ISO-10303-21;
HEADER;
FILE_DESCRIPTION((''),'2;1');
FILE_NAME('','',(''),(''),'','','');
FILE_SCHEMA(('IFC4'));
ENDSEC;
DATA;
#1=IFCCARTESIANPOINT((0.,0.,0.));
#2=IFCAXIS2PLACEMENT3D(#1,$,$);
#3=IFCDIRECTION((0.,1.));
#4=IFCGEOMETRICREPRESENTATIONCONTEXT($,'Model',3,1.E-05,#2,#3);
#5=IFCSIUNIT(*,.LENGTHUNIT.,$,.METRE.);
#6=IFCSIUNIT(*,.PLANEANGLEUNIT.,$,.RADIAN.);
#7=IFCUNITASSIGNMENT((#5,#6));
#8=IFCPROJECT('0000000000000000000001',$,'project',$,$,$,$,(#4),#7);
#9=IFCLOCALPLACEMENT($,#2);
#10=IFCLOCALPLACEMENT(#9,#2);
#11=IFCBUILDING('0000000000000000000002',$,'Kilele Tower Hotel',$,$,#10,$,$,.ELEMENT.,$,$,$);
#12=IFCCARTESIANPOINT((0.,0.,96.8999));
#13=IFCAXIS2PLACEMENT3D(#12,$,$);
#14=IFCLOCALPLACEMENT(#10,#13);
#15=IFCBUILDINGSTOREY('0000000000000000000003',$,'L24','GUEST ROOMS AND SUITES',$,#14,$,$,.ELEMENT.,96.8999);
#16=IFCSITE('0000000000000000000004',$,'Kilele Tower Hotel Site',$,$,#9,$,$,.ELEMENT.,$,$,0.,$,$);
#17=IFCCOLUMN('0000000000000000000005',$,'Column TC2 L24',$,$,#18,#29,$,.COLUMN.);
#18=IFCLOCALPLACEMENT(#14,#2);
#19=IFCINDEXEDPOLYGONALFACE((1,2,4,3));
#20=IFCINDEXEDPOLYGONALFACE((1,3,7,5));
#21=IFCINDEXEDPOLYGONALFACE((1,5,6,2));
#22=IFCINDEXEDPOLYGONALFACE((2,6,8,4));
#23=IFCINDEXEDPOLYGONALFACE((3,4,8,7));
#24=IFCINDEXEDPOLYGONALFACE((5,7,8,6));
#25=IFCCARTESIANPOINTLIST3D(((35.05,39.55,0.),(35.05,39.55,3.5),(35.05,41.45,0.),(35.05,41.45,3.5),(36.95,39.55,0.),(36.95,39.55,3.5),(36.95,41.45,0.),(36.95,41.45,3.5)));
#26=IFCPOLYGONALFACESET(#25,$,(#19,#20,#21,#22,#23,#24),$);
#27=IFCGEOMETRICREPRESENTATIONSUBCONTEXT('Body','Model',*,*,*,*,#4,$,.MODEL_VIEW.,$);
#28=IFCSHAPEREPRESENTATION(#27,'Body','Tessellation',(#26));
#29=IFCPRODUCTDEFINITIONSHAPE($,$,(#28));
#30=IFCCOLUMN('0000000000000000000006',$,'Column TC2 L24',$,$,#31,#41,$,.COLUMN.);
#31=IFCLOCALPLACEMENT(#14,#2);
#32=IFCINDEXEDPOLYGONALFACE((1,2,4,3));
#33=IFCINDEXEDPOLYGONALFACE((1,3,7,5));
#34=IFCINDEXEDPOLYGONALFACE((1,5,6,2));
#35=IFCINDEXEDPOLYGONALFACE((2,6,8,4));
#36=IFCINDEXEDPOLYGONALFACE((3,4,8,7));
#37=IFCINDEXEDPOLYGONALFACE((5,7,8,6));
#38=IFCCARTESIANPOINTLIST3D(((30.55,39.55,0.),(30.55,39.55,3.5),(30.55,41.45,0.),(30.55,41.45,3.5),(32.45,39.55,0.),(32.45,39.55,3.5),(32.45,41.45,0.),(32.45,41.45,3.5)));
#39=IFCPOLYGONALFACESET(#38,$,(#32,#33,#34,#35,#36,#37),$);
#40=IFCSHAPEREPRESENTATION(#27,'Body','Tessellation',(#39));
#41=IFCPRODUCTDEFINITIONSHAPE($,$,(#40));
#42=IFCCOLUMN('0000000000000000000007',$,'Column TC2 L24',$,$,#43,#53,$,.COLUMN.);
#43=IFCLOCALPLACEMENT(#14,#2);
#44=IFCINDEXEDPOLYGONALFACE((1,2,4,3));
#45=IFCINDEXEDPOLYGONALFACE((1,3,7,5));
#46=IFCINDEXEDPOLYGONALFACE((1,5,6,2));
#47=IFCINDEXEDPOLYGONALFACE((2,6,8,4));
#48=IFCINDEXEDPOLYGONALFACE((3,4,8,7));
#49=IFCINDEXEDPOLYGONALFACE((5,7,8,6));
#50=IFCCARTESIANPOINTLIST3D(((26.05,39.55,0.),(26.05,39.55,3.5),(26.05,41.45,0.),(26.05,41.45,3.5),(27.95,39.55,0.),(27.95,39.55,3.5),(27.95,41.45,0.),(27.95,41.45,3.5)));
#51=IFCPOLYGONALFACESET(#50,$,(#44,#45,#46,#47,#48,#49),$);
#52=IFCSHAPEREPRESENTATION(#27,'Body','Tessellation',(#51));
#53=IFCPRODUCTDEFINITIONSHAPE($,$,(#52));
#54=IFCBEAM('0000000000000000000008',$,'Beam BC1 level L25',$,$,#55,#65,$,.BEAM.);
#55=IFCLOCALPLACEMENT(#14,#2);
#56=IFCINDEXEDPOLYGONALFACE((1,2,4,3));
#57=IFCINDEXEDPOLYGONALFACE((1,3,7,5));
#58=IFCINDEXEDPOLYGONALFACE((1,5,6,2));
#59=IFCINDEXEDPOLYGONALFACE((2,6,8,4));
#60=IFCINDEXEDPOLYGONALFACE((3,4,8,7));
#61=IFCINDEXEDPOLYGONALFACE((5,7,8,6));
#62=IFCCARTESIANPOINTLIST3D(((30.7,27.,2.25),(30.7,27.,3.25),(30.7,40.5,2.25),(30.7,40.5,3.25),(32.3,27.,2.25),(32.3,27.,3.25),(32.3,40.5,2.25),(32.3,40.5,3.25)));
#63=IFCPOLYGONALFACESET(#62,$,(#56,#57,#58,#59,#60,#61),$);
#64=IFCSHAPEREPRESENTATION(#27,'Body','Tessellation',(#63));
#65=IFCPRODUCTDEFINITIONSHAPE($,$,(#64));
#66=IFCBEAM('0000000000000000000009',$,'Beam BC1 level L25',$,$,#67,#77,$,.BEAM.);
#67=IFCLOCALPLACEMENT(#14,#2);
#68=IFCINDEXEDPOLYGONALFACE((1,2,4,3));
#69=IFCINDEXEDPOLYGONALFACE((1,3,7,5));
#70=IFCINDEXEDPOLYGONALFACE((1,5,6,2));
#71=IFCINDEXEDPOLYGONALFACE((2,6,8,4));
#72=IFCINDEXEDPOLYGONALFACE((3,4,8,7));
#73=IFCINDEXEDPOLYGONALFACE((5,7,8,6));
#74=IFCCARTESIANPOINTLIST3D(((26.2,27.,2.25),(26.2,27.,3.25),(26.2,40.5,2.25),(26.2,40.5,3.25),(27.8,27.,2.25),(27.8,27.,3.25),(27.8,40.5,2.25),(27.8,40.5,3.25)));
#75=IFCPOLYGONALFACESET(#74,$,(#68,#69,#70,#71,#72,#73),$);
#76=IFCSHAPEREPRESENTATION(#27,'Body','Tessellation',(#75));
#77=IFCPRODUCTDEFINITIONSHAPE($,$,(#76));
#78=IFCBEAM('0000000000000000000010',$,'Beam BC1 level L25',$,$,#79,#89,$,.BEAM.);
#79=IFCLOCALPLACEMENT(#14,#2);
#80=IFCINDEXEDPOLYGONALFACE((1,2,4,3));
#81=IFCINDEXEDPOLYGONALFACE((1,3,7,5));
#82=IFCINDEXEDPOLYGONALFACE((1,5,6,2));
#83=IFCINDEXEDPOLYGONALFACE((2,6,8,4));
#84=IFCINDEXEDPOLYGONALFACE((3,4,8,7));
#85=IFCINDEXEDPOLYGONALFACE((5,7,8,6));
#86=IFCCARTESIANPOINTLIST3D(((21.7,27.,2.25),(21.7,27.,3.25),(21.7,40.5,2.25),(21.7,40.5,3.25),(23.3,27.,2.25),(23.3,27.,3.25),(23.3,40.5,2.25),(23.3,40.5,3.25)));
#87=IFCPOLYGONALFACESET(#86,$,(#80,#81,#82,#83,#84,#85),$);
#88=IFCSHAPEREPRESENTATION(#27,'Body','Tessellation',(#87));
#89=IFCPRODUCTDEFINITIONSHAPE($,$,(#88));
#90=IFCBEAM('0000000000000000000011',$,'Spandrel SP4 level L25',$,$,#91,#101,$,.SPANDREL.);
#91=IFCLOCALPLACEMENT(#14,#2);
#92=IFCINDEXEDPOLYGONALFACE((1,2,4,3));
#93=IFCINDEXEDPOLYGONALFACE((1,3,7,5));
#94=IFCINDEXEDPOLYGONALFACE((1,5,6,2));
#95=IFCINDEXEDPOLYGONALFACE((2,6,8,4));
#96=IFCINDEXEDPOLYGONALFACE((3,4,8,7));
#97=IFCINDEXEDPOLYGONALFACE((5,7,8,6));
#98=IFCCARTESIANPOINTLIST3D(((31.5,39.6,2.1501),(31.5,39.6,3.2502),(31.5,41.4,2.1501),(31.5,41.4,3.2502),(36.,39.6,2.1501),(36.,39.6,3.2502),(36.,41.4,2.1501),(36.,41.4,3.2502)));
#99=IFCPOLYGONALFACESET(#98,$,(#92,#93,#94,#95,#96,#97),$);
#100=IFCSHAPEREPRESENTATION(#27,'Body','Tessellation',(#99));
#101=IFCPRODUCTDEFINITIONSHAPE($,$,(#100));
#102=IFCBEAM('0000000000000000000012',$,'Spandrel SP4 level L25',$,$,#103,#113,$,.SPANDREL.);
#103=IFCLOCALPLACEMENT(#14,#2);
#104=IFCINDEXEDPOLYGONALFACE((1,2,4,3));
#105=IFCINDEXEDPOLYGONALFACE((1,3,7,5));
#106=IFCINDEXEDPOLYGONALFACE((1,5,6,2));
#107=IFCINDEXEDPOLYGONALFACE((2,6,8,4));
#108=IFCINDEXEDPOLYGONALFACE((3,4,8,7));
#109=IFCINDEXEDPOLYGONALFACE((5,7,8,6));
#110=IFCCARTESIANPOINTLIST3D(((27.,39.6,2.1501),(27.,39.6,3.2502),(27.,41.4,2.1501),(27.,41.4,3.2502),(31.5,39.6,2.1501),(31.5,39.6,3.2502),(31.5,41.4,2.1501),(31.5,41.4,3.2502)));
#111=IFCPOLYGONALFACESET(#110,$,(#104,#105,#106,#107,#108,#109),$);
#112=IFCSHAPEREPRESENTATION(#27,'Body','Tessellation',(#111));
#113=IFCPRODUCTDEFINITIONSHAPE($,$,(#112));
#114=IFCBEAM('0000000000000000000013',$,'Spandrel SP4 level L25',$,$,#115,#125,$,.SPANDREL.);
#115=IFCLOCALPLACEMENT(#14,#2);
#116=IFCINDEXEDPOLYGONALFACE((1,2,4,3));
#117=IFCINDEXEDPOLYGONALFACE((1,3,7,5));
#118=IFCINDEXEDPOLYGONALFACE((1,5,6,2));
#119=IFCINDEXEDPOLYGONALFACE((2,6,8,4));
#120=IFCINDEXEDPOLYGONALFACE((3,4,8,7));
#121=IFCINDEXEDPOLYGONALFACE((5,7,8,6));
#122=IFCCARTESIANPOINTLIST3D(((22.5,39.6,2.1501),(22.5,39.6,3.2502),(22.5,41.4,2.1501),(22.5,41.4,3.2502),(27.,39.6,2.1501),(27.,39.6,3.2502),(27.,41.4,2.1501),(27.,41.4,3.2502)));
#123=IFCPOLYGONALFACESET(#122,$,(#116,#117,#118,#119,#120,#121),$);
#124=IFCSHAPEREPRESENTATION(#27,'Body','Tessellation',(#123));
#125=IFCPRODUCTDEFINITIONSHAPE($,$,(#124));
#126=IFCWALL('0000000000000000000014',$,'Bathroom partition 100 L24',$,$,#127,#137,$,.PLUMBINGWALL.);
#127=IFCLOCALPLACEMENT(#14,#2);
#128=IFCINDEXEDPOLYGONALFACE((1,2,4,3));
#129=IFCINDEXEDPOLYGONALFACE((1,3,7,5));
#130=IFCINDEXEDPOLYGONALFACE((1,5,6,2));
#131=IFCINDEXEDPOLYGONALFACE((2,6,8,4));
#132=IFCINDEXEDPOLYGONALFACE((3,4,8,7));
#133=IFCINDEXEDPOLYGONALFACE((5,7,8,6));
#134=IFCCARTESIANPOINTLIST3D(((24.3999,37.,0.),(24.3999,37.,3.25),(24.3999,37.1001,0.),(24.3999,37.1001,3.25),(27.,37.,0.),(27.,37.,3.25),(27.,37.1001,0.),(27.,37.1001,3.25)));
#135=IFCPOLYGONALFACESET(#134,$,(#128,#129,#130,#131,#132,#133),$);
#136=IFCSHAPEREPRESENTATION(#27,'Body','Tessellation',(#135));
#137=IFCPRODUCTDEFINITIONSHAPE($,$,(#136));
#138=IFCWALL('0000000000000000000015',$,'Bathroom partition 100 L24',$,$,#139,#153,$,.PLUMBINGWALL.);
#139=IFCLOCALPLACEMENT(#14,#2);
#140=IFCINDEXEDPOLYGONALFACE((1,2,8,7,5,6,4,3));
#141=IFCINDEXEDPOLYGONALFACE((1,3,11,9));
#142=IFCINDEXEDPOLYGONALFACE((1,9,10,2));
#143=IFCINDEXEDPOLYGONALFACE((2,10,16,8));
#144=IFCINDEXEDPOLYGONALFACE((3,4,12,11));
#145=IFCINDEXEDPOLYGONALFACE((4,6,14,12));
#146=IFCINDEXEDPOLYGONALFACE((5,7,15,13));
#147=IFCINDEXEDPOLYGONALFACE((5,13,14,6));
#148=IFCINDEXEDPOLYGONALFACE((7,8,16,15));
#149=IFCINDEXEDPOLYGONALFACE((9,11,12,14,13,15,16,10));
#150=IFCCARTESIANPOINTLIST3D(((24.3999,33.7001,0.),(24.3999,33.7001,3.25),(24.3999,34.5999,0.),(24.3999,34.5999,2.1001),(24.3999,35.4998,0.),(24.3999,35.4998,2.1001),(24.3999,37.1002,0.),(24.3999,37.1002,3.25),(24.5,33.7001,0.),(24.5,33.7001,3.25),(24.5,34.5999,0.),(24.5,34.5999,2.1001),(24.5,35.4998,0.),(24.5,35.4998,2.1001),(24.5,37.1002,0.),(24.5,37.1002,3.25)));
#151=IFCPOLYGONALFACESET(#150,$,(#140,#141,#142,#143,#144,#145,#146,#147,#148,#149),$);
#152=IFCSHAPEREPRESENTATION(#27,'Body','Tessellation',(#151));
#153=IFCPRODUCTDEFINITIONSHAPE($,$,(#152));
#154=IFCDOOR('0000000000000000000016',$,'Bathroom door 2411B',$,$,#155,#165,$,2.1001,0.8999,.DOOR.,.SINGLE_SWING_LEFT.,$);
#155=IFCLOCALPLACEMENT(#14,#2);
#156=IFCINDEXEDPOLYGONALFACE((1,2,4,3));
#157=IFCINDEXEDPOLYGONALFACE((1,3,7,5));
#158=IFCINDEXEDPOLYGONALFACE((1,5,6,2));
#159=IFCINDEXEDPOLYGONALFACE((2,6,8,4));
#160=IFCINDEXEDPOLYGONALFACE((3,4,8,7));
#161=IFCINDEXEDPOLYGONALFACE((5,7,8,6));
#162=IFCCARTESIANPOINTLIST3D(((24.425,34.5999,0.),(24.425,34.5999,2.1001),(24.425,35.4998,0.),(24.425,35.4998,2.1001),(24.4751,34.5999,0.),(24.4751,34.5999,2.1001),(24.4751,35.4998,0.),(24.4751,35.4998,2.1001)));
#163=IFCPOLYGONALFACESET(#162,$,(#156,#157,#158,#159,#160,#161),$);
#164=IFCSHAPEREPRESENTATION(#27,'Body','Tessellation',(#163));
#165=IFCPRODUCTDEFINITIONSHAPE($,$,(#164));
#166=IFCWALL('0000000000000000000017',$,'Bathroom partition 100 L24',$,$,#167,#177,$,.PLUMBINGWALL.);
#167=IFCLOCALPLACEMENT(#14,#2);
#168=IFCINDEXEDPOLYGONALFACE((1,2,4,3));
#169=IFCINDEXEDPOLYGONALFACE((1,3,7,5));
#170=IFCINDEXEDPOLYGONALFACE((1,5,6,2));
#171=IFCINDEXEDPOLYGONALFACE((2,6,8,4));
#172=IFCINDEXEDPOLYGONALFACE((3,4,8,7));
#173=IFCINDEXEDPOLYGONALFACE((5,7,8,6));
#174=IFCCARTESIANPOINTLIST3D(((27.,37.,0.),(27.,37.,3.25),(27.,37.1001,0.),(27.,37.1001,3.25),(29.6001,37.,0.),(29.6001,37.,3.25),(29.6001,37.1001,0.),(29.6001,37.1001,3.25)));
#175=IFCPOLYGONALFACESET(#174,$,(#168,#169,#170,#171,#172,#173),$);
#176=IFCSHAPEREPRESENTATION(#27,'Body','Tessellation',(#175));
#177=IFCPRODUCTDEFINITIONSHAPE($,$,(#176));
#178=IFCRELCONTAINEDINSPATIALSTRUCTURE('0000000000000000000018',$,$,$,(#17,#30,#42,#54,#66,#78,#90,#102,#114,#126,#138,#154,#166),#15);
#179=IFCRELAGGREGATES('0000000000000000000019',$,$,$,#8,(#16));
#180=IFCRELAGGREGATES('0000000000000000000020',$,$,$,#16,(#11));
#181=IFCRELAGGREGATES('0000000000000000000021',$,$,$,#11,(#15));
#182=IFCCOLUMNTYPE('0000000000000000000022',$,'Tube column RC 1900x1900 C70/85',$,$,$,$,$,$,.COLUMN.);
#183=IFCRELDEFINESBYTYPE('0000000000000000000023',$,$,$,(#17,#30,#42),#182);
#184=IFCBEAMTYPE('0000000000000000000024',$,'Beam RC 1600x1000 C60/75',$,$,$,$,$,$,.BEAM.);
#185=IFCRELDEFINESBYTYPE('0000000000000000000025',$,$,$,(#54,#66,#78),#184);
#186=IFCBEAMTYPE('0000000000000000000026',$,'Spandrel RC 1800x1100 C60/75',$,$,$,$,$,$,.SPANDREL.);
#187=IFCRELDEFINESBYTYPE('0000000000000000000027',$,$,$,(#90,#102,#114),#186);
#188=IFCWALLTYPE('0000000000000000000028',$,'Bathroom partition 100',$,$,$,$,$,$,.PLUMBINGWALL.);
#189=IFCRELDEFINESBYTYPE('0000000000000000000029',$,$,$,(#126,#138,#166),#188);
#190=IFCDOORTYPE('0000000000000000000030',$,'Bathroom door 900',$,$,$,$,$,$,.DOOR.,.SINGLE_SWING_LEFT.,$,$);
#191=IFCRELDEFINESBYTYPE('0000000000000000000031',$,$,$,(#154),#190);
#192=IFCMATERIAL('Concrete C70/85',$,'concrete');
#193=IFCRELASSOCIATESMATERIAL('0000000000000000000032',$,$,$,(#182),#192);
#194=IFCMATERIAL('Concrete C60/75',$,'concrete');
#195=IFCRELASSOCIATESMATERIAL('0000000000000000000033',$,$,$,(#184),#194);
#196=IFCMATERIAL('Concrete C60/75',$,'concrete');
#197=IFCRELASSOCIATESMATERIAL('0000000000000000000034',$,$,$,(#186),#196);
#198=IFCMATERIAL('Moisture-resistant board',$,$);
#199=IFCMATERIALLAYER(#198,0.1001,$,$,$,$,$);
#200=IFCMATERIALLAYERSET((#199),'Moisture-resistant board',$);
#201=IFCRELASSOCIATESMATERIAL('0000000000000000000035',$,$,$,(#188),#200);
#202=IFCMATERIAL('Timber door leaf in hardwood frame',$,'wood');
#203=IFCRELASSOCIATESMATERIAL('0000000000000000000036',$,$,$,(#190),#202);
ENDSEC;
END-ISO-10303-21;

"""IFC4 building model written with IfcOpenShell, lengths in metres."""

from ifc_helpers import new_model, si_unit, direction, frame, frame_2d, origin, origin_2d, place, context, subcontext, project, spatial, rectangle, extrude, material, layer, layer_set, material_profile, profile_set, type_object, element, fill, save


model = new_model("IFC4")

# Units and contexts
model_context = context("Model", 3, precision=1e-05, world=origin(), true_north=direction((0.0, 1.0)))
body_context = subcontext(model_context, "Body", "Model", "MODEL_VIEW")
ifc_project = project(units=[si_unit("LENGTHUNIT", "METRE"), si_unit("PLANEANGLEUNIT", "RADIAN")], contexts=[model_context])

# Site, building, storey
site_placement = place(None, origin())
site = spatial("IfcSite", under=ifc_project, at=site_placement, Name="Kilele Tower Hotel Site", CompositionType="ELEMENT", RefElevation=0.0)
building_placement = place(site_placement, origin())
building = spatial("IfcBuilding", under=site, at=building_placement, Name="Kilele Tower Hotel", CompositionType="ELEMENT")
storey_placement = place(building_placement, frame((0.0, 0.0, 96.8999)))
storey = spatial("IfcBuildingStorey", under=building, at=storey_placement, Name="L24", Description="GUEST ROOMS AND SUITES", CompositionType="ELEMENT", Elevation=96.8999)

# Columns
ifc_material_1 = material(Name="Concrete C70/85", Category="concrete")
ifc_material_profile_1 = material_profile(ifc_material_1, rectangle(XDim=1.8999, YDim=1.8999, at=origin_2d()))
ifc_profile_set_1 = profile_set([ifc_material_profile_1], Name="Concrete C70/85")
column_type = type_object("IfcColumnType", Name="Tube column RC 1900x1900 C70/85", PredefinedType="COLUMN", material=ifc_profile_set_1)
for number, where, z_axis, x_axis, name in (
    (1, (36.0, 40.5, 0.0), (0.0, 0.0, 1.0), (1.0, 0.0, 0.0), "Column TC2 L24"),
    (2, (31.5, 40.5, 0.0), (0.0, 0.0, 1.0), (1.0, 0.0, 0.0), "Column TC2 L24"),
    (3, (27.0, 40.5, 0.0), (0.0, 0.0, 1.0), (1.0, 0.0, 0.0), "Column TC2 L24"),
):
    element("IfcColumn", number, at=place(storey_placement, frame(where, z_axis=z_axis, x_axis=x_axis)), inside=storey, type_object=column_type, Name=name, PredefinedType="COLUMN", context=body_context, shape_type="SweptSolid", body=[
        extrude(rectangle(XDim=1.8999, YDim=1.8999, at=origin_2d()), origin(), (0.0, 0.0, 1.0), 3.5),
    ])

# Beams
ifc_material_2 = material(Name="Concrete C60/75", Category="concrete")
ifc_material_profile_2 = material_profile(ifc_material_2, rectangle(XDim=1.6001, YDim=1.0, at=origin_2d()))
ifc_profile_set_2 = profile_set([ifc_material_profile_2], Name="Concrete C60/75")
beam_type_1 = type_object("IfcBeamType", Name="Beam RC 1600x1000 C60/75", PredefinedType="BEAM", material=ifc_profile_set_2)
for number, where, z_axis, x_axis, name in (
    (4, (31.5, 40.5, 2.75), (0.0, -1.0, 0.0), (1.0, 0.0, 0.0), "Beam BC1 level L25"),
    (5, (27.0, 40.5, 2.75), (0.0, -1.0, 0.0), (1.0, 0.0, 0.0), "Beam BC1 level L25"),
    (6, (22.5, 40.5, 2.75), (0.0, -1.0, 0.0), (1.0, 0.0, 0.0), "Beam BC1 level L25"),
):
    element("IfcBeam", number, at=place(storey_placement, frame(where, z_axis=z_axis, x_axis=x_axis)), inside=storey, type_object=beam_type_1, Name=name, PredefinedType="BEAM", context=body_context, shape_type="SweptSolid", body=[
        extrude(rectangle(XDim=1.6001, YDim=1.0, at=origin_2d()), origin(), (0.0, 0.0, 1.0), 13.5),
    ])
ifc_material_3 = material(Name="Concrete C60/75", Category="concrete")
ifc_material_profile_3 = material_profile(ifc_material_3, rectangle(XDim=1.8, YDim=1.1001, at=origin_2d()))
ifc_profile_set_3 = profile_set([ifc_material_profile_3], Name="Concrete C60/75")
beam_type_2 = type_object("IfcBeamType", Name="Spandrel RC 1800x1100 C60/75", PredefinedType="SPANDREL", material=ifc_profile_set_3)
for number, where, z_axis, x_axis, name in (
    (7, (36.0, 40.5, 2.7002), (-1.0, 0.0, 0.0), (0.0, -1.0, 0.0), "Spandrel SP4 level L25"),
    (8, (31.5, 40.5, 2.7002), (-1.0, 0.0, 0.0), (0.0, -1.0, 0.0), "Spandrel SP4 level L25"),
    (9, (27.0, 40.5, 2.7002), (-1.0, 0.0, 0.0), (0.0, -1.0, 0.0), "Spandrel SP4 level L25"),
):
    element("IfcBeam", number, at=place(storey_placement, frame(where, z_axis=z_axis, x_axis=x_axis)), inside=storey, type_object=beam_type_2, Name=name, PredefinedType="SPANDREL", context=body_context, shape_type="SweptSolid", body=[
        extrude(rectangle(XDim=1.8, YDim=1.1001, at=origin_2d()), origin(), (0.0, 0.0, 1.0), 4.5),
    ])

# Wall
ifc_material_4 = material(Name="Moisture-resistant board")
ifc_layer_1 = layer(ifc_material_4, 0.1001)
ifc_layer_set_1 = layer_set([ifc_layer_1], Name="Moisture-resistant board")
wall_type_1 = type_object("IfcWallType", Name="Bathroom partition 100", PredefinedType="PLUMBINGWALL", material=ifc_layer_set_1)
wall_1_placement = place(storey_placement, frame((24.3999, 37.05, 0.0), z_axis=(0.0, 0.0, 1.0), x_axis=(1.0, 0.0, 0.0)))
element("IfcWall", 10, at=wall_1_placement, inside=storey, type_object=wall_type_1, Name="Bathroom partition 100 L24", PredefinedType="PLUMBINGWALL", context=body_context, shape_type="SweptSolid", body=[
    extrude(rectangle(XDim=2.6001, YDim=0.1001, at=frame_2d((1.3, 0.0))), origin(), (0.0, 0.0, 1.0), 3.25),
])

# Wall, opening, door
wall_2_placement = place(storey_placement, frame((24.45, 33.7, 0.0), z_axis=(0.0, 0.0, 1.0), x_axis=(0.0, 1.0, 0.0)))
wall_2 = element("IfcWall", 11, at=wall_2_placement, inside=storey, type_object=wall_type_1, Name="Bathroom partition 100 L24", PredefinedType="PLUMBINGWALL", context=body_context, shape_type="SweptSolid", body=[
    extrude(rectangle(XDim=3.4001, YDim=0.1001, at=frame_2d((1.7002, 0.0))), origin(), (0.0, 0.0, 1.0), 3.25),
])
opening_1_placement = place(wall_2_placement, frame((0.8999, 0.0, 0.0)))
opening_1 = element("IfcOpeningElement", 12, at=opening_1_placement, cuts=wall_2, PredefinedType="OPENING", context=body_context, shape_type="SweptSolid", body=[
    extrude(rectangle(XDim=0.8999, YDim=2.1001, at=frame_2d((0.45, 1.05))), frame((0.0, 0.0601, 0.0), z_axis=(0.0, -1.0, 0.0), x_axis=(1.0, 0.0, 0.0)), (0.0, 0.0, 1.0), 0.1201),
])
ifc_material_5 = material(Name="Timber door leaf in hardwood frame", Category="wood")
door_type_1 = type_object("IfcDoorType", Name="Bathroom door 900", OperationType="SINGLE_SWING_LEFT", PredefinedType="DOOR", material=ifc_material_5)
door_1_placement = place(opening_1_placement, origin())
door_1 = element("IfcDoor", 13, at=door_1_placement, inside=storey, type_object=door_type_1, Name="Bathroom door 2411B", OperationType="SINGLE_SWING_LEFT", OverallHeight=2.1001, OverallWidth=0.8999, PredefinedType="DOOR", context=body_context, shape_type="SweptSolid", body=[
    extrude(rectangle(XDim=0.8999, YDim=2.1001, at=frame_2d((0.45, 1.05))), frame((0.0, 0.0249, 0.0), z_axis=(0.0, -1.0, 0.0), x_axis=(1.0, 0.0, 0.0)), (0.0, 0.0, 1.0), 0.05),
])
fill(opening_1, door_1)

# Wall
wall_3_placement = place(storey_placement, frame((27.0, 37.05, 0.0), z_axis=(0.0, 0.0, 1.0), x_axis=(1.0, 0.0, 0.0)))
element("IfcWall", 14, at=wall_3_placement, inside=storey, type_object=wall_type_1, Name="Bathroom partition 100 L24", PredefinedType="PLUMBINGWALL", context=body_context, shape_type="SweptSolid", body=[
    extrude(rectangle(XDim=2.6001, YDim=0.1001, at=frame_2d((1.3, 0.0))), origin(), (0.0, 0.0, 1.0), 3.25),
])

save(model, "model.ifc")
